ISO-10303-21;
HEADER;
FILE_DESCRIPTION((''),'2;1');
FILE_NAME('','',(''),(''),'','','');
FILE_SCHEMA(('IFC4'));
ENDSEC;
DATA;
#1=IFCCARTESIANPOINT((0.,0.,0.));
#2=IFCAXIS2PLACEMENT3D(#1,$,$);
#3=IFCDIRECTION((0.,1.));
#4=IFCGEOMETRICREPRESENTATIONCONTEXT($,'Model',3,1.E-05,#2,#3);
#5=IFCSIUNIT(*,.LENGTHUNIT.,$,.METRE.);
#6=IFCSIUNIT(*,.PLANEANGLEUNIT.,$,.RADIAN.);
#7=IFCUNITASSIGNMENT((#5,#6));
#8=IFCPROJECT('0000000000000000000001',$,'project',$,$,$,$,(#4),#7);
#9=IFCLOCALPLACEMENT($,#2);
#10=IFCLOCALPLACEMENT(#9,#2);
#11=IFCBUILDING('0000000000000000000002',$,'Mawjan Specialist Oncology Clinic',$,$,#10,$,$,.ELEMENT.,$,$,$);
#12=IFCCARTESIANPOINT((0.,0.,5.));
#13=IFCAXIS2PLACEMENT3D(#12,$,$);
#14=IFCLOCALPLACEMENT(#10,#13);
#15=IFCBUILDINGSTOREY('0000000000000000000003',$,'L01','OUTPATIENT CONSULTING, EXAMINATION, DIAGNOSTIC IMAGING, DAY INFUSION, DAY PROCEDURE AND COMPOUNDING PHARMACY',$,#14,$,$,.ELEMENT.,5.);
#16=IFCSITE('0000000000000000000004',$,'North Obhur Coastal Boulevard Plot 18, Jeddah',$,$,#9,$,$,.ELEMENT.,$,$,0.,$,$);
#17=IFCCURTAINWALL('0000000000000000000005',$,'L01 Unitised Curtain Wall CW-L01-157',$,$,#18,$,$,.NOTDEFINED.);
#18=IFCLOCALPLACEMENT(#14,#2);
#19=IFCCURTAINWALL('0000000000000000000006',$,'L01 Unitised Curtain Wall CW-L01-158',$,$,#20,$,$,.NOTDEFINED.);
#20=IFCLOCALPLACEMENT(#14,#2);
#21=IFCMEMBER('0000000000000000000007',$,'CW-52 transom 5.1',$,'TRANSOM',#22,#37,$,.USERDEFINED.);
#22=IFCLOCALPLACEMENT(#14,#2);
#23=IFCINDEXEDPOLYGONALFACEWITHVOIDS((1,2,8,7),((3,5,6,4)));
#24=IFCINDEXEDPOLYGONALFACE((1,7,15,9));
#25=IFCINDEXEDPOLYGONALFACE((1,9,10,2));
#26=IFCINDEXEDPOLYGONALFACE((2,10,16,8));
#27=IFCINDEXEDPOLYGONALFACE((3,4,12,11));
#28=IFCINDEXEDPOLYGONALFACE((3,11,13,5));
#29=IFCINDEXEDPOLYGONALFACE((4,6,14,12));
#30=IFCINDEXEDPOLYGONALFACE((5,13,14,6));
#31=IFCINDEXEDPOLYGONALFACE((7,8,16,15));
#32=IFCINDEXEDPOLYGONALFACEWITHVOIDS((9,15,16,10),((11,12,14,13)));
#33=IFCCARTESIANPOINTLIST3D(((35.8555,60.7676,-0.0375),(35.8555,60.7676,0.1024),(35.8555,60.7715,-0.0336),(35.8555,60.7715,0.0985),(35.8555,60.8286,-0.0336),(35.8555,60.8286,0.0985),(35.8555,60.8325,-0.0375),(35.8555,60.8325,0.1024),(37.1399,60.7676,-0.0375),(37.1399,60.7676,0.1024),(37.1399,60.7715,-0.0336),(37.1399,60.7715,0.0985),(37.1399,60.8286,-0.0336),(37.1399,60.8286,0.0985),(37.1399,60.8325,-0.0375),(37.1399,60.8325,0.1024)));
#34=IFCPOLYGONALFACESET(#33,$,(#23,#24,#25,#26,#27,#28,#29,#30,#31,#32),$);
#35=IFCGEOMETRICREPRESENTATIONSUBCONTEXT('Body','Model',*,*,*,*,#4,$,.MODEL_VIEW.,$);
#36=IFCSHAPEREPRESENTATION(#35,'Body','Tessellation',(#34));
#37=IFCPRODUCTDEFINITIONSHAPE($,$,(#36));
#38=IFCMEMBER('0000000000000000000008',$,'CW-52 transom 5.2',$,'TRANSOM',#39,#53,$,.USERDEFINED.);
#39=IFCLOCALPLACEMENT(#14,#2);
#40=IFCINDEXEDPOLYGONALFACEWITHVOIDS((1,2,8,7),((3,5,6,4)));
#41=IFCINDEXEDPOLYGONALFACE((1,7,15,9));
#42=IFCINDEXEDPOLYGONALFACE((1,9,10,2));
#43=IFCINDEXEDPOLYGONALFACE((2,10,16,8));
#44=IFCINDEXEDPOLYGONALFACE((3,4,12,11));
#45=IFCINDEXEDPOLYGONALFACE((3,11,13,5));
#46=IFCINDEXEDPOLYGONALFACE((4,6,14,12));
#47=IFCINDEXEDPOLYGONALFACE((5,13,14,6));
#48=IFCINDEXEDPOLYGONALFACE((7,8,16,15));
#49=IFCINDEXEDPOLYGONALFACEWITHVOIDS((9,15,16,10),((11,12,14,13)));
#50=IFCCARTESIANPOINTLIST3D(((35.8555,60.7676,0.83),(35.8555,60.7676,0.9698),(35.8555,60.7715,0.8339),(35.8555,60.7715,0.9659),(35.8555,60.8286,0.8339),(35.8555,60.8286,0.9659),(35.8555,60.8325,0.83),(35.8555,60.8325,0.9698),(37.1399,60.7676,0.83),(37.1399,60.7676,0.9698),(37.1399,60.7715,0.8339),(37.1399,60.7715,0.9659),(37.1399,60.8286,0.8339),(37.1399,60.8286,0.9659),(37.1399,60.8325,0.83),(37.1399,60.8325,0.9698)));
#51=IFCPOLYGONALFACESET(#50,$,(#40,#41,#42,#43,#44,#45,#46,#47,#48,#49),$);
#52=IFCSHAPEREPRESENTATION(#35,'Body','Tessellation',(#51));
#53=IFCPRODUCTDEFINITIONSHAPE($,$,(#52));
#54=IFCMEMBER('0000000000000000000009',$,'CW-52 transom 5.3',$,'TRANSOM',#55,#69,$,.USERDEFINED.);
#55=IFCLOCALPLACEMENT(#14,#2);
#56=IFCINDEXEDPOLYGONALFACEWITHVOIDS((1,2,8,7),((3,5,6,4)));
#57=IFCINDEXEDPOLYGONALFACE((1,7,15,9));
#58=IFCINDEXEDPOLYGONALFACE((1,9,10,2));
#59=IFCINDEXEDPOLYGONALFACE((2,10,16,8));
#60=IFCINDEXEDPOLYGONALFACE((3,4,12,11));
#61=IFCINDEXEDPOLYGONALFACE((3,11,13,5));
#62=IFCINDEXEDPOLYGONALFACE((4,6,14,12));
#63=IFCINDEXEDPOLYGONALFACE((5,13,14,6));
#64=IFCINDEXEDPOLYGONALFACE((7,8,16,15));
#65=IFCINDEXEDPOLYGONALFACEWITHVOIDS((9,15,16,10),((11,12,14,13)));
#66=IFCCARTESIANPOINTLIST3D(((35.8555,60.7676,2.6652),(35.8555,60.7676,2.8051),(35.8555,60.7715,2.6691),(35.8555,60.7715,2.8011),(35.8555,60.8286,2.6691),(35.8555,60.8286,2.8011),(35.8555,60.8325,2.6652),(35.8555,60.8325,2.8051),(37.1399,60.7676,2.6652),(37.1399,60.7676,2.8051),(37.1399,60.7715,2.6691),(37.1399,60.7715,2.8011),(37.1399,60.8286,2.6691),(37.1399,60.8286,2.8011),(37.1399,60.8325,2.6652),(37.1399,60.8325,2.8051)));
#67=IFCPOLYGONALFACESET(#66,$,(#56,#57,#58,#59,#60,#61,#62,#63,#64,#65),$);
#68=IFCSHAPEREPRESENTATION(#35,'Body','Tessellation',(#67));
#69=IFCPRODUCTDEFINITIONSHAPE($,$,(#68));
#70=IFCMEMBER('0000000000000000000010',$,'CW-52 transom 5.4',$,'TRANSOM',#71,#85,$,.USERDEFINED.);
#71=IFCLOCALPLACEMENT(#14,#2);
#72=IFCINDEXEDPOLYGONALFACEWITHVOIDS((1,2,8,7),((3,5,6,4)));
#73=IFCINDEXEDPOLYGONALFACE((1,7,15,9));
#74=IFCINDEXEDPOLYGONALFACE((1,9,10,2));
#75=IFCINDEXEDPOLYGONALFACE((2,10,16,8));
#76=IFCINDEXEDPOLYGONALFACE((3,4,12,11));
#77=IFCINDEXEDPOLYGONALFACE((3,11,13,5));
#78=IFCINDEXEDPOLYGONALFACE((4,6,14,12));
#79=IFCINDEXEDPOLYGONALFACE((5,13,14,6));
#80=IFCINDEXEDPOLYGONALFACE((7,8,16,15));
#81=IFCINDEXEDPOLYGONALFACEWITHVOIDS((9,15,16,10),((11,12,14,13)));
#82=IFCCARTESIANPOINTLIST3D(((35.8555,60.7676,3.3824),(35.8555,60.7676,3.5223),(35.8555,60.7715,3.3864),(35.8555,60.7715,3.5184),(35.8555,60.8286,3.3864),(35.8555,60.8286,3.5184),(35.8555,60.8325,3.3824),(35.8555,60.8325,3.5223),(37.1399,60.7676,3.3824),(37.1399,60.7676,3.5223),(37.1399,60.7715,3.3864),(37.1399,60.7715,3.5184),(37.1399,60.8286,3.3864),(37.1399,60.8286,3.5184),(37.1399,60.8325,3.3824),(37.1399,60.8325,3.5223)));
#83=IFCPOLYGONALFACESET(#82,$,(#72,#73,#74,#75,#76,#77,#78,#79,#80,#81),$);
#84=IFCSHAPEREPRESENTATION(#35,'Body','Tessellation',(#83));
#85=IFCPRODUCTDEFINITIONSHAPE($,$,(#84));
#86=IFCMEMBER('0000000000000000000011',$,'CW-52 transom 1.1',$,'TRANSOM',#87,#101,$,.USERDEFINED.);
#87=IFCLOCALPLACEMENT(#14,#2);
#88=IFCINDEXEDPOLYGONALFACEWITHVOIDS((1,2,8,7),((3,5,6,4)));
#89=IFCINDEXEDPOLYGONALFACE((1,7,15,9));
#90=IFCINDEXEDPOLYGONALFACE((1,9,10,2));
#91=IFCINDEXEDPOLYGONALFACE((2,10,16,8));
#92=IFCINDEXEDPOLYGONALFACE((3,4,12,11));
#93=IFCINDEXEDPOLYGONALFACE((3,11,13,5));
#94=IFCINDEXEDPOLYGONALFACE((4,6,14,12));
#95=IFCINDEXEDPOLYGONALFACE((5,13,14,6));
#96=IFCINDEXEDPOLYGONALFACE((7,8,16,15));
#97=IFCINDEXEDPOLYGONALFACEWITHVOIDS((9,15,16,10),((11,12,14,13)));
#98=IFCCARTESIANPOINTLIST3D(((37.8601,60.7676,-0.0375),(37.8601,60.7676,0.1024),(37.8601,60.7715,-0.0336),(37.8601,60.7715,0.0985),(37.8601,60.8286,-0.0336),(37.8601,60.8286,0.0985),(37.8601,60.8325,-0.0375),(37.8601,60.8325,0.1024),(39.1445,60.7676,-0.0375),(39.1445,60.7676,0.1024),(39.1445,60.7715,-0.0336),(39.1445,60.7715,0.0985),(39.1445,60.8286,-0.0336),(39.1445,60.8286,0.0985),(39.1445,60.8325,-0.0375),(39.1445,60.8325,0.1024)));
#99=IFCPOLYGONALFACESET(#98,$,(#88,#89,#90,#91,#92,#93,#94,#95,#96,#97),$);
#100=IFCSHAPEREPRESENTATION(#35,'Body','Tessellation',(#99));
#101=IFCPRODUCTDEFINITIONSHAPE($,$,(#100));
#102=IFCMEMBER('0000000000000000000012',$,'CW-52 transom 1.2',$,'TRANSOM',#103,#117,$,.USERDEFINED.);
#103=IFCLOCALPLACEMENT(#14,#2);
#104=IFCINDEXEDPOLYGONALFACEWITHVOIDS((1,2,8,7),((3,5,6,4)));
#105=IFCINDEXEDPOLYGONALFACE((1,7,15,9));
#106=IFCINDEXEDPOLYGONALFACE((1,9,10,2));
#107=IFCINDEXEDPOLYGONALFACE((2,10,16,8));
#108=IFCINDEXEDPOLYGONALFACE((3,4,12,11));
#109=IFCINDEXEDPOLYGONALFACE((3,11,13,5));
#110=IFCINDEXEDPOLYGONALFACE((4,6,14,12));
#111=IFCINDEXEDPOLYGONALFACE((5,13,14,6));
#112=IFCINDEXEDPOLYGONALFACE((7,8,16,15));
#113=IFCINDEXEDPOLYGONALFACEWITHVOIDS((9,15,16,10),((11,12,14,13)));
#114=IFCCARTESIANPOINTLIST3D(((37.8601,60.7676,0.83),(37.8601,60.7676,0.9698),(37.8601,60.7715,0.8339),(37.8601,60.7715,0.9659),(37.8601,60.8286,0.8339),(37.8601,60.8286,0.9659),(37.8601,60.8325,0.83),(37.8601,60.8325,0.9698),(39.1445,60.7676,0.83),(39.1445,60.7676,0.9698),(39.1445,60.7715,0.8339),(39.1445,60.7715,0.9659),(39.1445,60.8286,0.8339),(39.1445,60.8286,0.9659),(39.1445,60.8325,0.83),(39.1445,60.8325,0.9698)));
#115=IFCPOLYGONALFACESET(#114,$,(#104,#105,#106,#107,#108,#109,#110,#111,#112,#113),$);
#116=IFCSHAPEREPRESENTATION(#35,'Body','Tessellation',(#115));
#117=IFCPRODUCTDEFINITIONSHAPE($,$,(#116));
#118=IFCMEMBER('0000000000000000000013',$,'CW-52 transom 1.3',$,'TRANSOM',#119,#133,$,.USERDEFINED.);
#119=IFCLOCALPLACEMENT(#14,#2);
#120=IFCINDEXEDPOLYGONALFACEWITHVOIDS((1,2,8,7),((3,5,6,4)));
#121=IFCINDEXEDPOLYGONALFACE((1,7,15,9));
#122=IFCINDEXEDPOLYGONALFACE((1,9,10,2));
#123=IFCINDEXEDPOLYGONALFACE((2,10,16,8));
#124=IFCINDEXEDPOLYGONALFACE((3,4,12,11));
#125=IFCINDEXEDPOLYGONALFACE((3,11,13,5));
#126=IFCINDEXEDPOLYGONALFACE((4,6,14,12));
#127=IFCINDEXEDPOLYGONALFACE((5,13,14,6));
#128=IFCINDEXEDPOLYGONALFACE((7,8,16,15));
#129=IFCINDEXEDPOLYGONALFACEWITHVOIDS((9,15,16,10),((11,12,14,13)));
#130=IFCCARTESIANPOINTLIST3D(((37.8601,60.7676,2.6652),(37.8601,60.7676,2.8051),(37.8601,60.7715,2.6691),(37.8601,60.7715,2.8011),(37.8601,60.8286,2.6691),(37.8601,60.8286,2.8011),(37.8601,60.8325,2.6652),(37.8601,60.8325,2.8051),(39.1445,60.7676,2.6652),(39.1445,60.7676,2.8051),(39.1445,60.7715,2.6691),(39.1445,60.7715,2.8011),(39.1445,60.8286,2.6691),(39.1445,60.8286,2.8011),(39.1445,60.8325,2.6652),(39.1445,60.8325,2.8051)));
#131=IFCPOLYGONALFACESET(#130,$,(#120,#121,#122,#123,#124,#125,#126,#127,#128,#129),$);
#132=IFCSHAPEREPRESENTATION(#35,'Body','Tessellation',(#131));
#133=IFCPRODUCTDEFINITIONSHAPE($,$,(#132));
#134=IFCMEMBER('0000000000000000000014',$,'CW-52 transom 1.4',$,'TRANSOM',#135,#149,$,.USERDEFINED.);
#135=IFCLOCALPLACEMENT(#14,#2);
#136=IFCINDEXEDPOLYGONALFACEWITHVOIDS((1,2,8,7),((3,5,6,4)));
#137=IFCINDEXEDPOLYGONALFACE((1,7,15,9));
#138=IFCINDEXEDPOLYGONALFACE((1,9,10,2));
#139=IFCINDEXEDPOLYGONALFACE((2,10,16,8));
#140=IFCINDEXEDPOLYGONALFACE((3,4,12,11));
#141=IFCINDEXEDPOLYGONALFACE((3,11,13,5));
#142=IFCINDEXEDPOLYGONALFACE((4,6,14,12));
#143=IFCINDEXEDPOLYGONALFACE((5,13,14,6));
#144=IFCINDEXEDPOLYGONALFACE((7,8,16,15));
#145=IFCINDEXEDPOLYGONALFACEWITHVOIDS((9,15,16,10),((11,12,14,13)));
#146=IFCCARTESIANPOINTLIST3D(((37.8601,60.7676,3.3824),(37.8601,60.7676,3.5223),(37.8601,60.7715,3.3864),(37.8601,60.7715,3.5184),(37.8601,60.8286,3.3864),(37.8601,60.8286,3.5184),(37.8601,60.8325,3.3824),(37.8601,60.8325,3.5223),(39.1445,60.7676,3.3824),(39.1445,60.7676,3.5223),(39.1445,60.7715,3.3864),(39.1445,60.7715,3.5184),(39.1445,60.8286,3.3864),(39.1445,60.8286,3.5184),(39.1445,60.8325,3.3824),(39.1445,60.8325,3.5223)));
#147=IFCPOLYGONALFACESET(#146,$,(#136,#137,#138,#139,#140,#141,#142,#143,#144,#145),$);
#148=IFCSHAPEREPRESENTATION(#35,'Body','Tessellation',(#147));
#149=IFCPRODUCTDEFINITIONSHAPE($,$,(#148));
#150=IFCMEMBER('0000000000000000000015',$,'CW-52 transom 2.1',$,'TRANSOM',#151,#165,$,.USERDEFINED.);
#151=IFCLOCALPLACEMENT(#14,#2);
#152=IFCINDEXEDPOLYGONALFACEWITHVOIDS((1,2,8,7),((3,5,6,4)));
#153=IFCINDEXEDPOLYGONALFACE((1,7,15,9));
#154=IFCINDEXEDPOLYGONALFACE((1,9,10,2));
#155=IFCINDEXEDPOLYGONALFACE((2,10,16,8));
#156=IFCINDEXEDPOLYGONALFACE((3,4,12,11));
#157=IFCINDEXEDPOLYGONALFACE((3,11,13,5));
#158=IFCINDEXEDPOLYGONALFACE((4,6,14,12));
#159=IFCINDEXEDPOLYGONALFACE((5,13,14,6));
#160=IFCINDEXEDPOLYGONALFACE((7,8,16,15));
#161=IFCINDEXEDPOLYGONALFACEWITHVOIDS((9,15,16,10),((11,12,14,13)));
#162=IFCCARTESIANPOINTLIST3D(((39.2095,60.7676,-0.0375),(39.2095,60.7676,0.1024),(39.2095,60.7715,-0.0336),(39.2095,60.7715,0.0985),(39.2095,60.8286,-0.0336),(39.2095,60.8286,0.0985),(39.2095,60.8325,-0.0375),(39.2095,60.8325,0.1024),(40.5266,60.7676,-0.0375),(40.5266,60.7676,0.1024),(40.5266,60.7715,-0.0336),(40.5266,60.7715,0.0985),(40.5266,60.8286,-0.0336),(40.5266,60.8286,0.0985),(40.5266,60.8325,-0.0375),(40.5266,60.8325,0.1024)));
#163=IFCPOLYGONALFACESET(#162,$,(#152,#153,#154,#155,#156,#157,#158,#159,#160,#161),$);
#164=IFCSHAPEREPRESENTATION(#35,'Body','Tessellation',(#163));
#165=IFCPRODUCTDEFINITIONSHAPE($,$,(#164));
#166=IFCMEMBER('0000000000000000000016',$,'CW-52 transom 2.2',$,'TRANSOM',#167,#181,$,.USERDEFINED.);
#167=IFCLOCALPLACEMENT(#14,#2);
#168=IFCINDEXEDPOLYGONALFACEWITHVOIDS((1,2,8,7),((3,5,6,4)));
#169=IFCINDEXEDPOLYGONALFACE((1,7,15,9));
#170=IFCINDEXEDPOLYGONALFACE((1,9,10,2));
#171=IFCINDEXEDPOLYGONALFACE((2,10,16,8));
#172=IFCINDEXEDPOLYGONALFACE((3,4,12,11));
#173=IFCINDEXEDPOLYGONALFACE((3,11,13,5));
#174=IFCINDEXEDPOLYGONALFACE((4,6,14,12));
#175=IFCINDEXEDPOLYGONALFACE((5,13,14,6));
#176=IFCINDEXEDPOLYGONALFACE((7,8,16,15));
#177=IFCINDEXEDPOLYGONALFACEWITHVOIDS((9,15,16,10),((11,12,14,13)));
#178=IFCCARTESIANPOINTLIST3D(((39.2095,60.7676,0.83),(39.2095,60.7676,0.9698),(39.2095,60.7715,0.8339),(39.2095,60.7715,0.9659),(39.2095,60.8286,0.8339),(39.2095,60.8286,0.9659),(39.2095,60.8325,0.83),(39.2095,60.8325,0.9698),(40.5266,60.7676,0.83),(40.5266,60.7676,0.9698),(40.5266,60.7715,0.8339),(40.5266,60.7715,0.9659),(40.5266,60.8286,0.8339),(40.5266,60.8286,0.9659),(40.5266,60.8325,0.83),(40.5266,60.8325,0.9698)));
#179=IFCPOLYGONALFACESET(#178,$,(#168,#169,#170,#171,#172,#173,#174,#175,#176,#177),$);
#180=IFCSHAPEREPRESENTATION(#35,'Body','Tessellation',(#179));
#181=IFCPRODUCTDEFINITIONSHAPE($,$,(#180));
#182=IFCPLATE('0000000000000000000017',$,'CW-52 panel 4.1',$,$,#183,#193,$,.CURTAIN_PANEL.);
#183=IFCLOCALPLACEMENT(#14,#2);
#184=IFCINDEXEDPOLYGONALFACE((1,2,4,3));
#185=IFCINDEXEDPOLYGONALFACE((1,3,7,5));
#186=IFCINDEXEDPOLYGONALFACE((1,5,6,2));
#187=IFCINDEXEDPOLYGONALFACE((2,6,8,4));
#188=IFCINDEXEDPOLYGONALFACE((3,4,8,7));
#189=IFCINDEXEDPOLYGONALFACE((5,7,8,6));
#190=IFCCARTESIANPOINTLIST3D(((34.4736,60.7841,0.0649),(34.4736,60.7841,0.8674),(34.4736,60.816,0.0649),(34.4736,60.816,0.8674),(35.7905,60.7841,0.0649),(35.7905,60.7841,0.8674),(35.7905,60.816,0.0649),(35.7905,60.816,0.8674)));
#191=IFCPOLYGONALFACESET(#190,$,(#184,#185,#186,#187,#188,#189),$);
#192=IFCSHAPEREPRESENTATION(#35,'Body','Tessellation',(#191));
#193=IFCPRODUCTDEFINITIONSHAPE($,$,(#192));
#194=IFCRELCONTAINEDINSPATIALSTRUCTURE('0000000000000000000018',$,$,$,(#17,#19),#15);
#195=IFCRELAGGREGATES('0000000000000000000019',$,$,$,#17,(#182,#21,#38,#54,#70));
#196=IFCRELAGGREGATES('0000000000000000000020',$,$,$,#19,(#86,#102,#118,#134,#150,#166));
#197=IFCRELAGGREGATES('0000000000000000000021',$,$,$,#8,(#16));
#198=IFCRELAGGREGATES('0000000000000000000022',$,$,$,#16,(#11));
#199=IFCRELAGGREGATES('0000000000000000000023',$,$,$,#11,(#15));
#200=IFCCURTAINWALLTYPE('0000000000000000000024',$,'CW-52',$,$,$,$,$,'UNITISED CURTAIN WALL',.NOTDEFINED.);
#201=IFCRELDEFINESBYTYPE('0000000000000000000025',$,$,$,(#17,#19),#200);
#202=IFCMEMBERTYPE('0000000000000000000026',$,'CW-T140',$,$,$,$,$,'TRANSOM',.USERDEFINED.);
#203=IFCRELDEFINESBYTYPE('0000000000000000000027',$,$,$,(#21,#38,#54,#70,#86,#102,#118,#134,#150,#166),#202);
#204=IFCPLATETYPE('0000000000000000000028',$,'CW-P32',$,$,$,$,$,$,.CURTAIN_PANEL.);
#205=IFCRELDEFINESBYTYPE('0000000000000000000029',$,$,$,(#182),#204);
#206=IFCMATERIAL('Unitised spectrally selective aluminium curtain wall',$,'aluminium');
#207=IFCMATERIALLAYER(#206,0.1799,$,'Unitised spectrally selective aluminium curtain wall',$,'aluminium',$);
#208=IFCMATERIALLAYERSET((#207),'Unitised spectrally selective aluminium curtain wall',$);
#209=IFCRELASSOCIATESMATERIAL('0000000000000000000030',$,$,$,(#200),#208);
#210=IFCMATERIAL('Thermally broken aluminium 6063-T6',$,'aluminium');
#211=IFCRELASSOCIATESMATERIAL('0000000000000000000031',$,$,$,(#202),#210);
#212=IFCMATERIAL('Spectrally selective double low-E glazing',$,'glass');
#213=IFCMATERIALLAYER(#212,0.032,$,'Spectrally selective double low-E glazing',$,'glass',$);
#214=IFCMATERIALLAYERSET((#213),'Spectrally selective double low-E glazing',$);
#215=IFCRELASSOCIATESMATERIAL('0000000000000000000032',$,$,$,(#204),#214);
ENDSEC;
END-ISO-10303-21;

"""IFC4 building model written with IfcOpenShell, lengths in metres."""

from ifc_helpers import new_model, si_unit, direction, frame, origin, origin_2d, place, context, subcontext, project, spatial, rectangle, hollow_rectangle, extrude, material, layer, layer_set, material_profile, profile_set, type_object, element, aggregate, save


model = new_model("IFC4")

# Units and contexts
model_context = context("Model", 3, precision=1e-05, world=origin(), true_north=direction((0.0, 1.0)))
body_context = subcontext(model_context, "Body", "Model", "MODEL_VIEW")
ifc_project = project(units=[si_unit("LENGTHUNIT", "METRE"), si_unit("PLANEANGLEUNIT", "RADIAN")], contexts=[model_context])

# Site, building, storey
site_placement = place(None, origin())
site = spatial("IfcSite", under=ifc_project, at=site_placement, Name="North Obhur Coastal Boulevard Plot 18, Jeddah", CompositionType="ELEMENT", RefElevation=0.0)
building_placement = place(site_placement, origin())
building = spatial("IfcBuilding", under=site, at=building_placement, Name="Mawjan Specialist Oncology Clinic", CompositionType="ELEMENT")
storey_placement = place(building_placement, frame((0.0, 0.0, 5.0)))
storey = spatial("IfcBuildingStorey", under=building, at=storey_placement, Name="L01", Description="OUTPATIENT CONSULTING, EXAMINATION, DIAGNOSTIC IMAGING, DAY INFUSION, DAY PROCEDURE AND COMPOUNDING PHARMACY", CompositionType="ELEMENT", Elevation=5.0)

# Curtain walls
ifc_material_1 = material(Name="Unitised spectrally selective aluminium curtain wall", Category="aluminium")
ifc_layer_1 = layer(ifc_material_1, 0.1799, Name="Unitised spectrally selective aluminium curtain wall", Category="aluminium")
ifc_layer_set_1 = layer_set([ifc_layer_1], Name="Unitised spectrally selective aluminium curtain wall")
curtain_wall_type = type_object("IfcCurtainWallType", Name="CW-52", ElementType="UNITISED CURTAIN WALL", PredefinedType="NOTDEFINED", material=ifc_layer_set_1)
curtain_wall_1_placement = place(storey_placement, origin())
curtain_wall_1 = element("IfcCurtainWall", 1, at=curtain_wall_1_placement, inside=storey, type_object=curtain_wall_type, Name="L01 Unitised Curtain Wall CW-L01-157", PredefinedType="NOTDEFINED")
curtain_wall_2_placement = place(storey_placement, origin())
curtain_wall_2 = element("IfcCurtainWall", 2, at=curtain_wall_2_placement, inside=storey, type_object=curtain_wall_type, Name="L01 Unitised Curtain Wall CW-L01-158", PredefinedType="NOTDEFINED")

# Members
ifc_material_2 = material(Name="Thermally broken aluminium 6063-T6", Category="aluminium")
ifc_material_profile_1 = material_profile(ifc_material_2, hollow_rectangle(XDim=0.0649, YDim=0.1399, WallThickness=0.0039, at=origin_2d()), Name="ALU TRANSOM 140x65x4", Category="aluminium")
ifc_profile_set_1 = profile_set([ifc_material_profile_1], Name="Thermally broken aluminium 6063-T6")
member_type_1 = type_object("IfcMemberType", Name="CW-T140", ElementType="TRANSOM", PredefinedType="USERDEFINED", material=ifc_profile_set_1)
member_1_placement = place(storey_placement, frame((35.8555, 60.8, 0.0325), z_axis=(1.0, 0.0, 0.0), x_axis=(0.0, 1.0, 0.0)))
member_1 = element("IfcMember", 3, at=member_1_placement, type_object=member_type_1, Name="CW-52 transom 5.1", ObjectType="TRANSOM", PredefinedType="USERDEFINED", context=body_context, shape_type="SweptSolid", body=[
    extrude(hollow_rectangle(XDim=0.0649, YDim=0.1399, WallThickness=0.0039, at=origin_2d()), origin(), (0.0, 0.0, 1.0), 1.2844),
])
member_2_placement = place(storey_placement, frame((35.8555, 60.8, 0.8999), z_axis=(1.0, 0.0, 0.0), x_axis=(0.0, 1.0, 0.0)))
member_2 = element("IfcMember", 4, at=member_2_placement, type_object=member_type_1, Name="CW-52 transom 5.2", ObjectType="TRANSOM", PredefinedType="USERDEFINED", context=body_context, shape_type="SweptSolid", body=[
    extrude(hollow_rectangle(XDim=0.0649, YDim=0.1399, WallThickness=0.0039, at=origin_2d()), origin(), (0.0, 0.0, 1.0), 1.2844),
])
member_3_placement = place(storey_placement, frame((35.8555, 60.8, 2.7351), z_axis=(1.0, 0.0, 0.0), x_axis=(0.0, 1.0, 0.0)))
member_3 = element("IfcMember", 5, at=member_3_placement, type_object=member_type_1, Name="CW-52 transom 5.3", ObjectType="TRANSOM", PredefinedType="USERDEFINED", context=body_context, shape_type="SweptSolid", body=[
    extrude(hollow_rectangle(XDim=0.0649, YDim=0.1399, WallThickness=0.0039, at=origin_2d()), origin(), (0.0, 0.0, 1.0), 1.2844),
])
member_4_placement = place(storey_placement, frame((35.8555, 60.8, 3.4524), z_axis=(1.0, 0.0, 0.0), x_axis=(0.0, 1.0, 0.0)))
member_4 = element("IfcMember", 6, at=member_4_placement, type_object=member_type_1, Name="CW-52 transom 5.4", ObjectType="TRANSOM", PredefinedType="USERDEFINED", context=body_context, shape_type="SweptSolid", body=[
    extrude(hollow_rectangle(XDim=0.0649, YDim=0.1399, WallThickness=0.0039, at=origin_2d()), origin(), (0.0, 0.0, 1.0), 1.2844),
])
member_5_placement = place(storey_placement, frame((37.8601, 60.8, 0.0325), z_axis=(1.0, 0.0, 0.0), x_axis=(0.0, 1.0, 0.0)))
member_5 = element("IfcMember", 7, at=member_5_placement, type_object=member_type_1, Name="CW-52 transom 1.1", ObjectType="TRANSOM", PredefinedType="USERDEFINED", context=body_context, shape_type="SweptSolid", body=[
    extrude(hollow_rectangle(XDim=0.0649, YDim=0.1399, WallThickness=0.0039, at=origin_2d()), origin(), (0.0, 0.0, 1.0), 1.2844),
])
member_6_placement = place(storey_placement, frame((37.8601, 60.8, 0.8999), z_axis=(1.0, 0.0, 0.0), x_axis=(0.0, 1.0, 0.0)))
member_6 = element("IfcMember", 8, at=member_6_placement, type_object=member_type_1, Name="CW-52 transom 1.2", ObjectType="TRANSOM", PredefinedType="USERDEFINED", context=body_context, shape_type="SweptSolid", body=[
    extrude(hollow_rectangle(XDim=0.0649, YDim=0.1399, WallThickness=0.0039, at=origin_2d()), origin(), (0.0, 0.0, 1.0), 1.2844),
])
member_7_placement = place(storey_placement, frame((37.8601, 60.8, 2.7351), z_axis=(1.0, 0.0, 0.0), x_axis=(0.0, 1.0, 0.0)))
member_7 = element("IfcMember", 9, at=member_7_placement, type_object=member_type_1, Name="CW-52 transom 1.3", ObjectType="TRANSOM", PredefinedType="USERDEFINED", context=body_context, shape_type="SweptSolid", body=[
    extrude(hollow_rectangle(XDim=0.0649, YDim=0.1399, WallThickness=0.0039, at=origin_2d()), origin(), (0.0, 0.0, 1.0), 1.2844),
])
member_8_placement = place(storey_placement, frame((37.8601, 60.8, 3.4524), z_axis=(1.0, 0.0, 0.0), x_axis=(0.0, 1.0, 0.0)))
member_8 = element("IfcMember", 10, at=member_8_placement, type_object=member_type_1, Name="CW-52 transom 1.4", ObjectType="TRANSOM", PredefinedType="USERDEFINED", context=body_context, shape_type="SweptSolid", body=[
    extrude(hollow_rectangle(XDim=0.0649, YDim=0.1399, WallThickness=0.0039, at=origin_2d()), origin(), (0.0, 0.0, 1.0), 1.2844),
])
member_9_placement = place(storey_placement, frame((39.2095, 60.8, 0.0325), z_axis=(1.0, 0.0, 0.0), x_axis=(0.0, 1.0, 0.0)))
member_9 = element("IfcMember", 11, at=member_9_placement, type_object=member_type_1, Name="CW-52 transom 2.1", ObjectType="TRANSOM", PredefinedType="USERDEFINED", context=body_context, shape_type="SweptSolid", body=[
    extrude(hollow_rectangle(XDim=0.0649, YDim=0.1399, WallThickness=0.0039, at=origin_2d()), origin(), (0.0, 0.0, 1.0), 1.3171),
])
member_10_placement = place(storey_placement, frame((39.2095, 60.8, 0.8999), z_axis=(1.0, 0.0, 0.0), x_axis=(0.0, 1.0, 0.0)))
member_10 = element("IfcMember", 12, at=member_10_placement, type_object=member_type_1, Name="CW-52 transom 2.2", ObjectType="TRANSOM", PredefinedType="USERDEFINED", context=body_context, shape_type="SweptSolid", body=[
    extrude(hollow_rectangle(XDim=0.0649, YDim=0.1399, WallThickness=0.0039, at=origin_2d()), origin(), (0.0, 0.0, 1.0), 1.3171),
])

# Plate
ifc_material_3 = material(Name="Spectrally selective double low-E glazing", Category="glass")
ifc_layer_2 = layer(ifc_material_3, 0.032, Name="Spectrally selective double low-E glazing", Category="glass")
ifc_layer_set_2 = layer_set([ifc_layer_2], Name="Spectrally selective double low-E glazing")
plate_type = type_object("IfcPlateType", Name="CW-P32", PredefinedType="CURTAIN_PANEL", material=ifc_layer_set_2)
plate_1_placement = place(storey_placement, frame((35.1321, 60.8, 0.0649), z_axis=(0.0, 0.0, 1.0), x_axis=(1.0, 0.0, 0.0)))
plate_1 = element("IfcPlate", 13, at=plate_1_placement, type_object=plate_type, Name="CW-52 panel 4.1", PredefinedType="CURTAIN_PANEL", context=body_context, shape_type="SweptSolid", body=[
    extrude(rectangle(XDim=1.3169, YDim=0.032, at=origin_2d()), origin(), (0.0, 0.0, 1.0), 0.8025),
])
aggregate(curtain_wall_1, [plate_1, member_1, member_2, member_3, member_4])
aggregate(curtain_wall_2, [member_5, member_6, member_7, member_8, member_9, member_10])

save(model, "model.ifc")
